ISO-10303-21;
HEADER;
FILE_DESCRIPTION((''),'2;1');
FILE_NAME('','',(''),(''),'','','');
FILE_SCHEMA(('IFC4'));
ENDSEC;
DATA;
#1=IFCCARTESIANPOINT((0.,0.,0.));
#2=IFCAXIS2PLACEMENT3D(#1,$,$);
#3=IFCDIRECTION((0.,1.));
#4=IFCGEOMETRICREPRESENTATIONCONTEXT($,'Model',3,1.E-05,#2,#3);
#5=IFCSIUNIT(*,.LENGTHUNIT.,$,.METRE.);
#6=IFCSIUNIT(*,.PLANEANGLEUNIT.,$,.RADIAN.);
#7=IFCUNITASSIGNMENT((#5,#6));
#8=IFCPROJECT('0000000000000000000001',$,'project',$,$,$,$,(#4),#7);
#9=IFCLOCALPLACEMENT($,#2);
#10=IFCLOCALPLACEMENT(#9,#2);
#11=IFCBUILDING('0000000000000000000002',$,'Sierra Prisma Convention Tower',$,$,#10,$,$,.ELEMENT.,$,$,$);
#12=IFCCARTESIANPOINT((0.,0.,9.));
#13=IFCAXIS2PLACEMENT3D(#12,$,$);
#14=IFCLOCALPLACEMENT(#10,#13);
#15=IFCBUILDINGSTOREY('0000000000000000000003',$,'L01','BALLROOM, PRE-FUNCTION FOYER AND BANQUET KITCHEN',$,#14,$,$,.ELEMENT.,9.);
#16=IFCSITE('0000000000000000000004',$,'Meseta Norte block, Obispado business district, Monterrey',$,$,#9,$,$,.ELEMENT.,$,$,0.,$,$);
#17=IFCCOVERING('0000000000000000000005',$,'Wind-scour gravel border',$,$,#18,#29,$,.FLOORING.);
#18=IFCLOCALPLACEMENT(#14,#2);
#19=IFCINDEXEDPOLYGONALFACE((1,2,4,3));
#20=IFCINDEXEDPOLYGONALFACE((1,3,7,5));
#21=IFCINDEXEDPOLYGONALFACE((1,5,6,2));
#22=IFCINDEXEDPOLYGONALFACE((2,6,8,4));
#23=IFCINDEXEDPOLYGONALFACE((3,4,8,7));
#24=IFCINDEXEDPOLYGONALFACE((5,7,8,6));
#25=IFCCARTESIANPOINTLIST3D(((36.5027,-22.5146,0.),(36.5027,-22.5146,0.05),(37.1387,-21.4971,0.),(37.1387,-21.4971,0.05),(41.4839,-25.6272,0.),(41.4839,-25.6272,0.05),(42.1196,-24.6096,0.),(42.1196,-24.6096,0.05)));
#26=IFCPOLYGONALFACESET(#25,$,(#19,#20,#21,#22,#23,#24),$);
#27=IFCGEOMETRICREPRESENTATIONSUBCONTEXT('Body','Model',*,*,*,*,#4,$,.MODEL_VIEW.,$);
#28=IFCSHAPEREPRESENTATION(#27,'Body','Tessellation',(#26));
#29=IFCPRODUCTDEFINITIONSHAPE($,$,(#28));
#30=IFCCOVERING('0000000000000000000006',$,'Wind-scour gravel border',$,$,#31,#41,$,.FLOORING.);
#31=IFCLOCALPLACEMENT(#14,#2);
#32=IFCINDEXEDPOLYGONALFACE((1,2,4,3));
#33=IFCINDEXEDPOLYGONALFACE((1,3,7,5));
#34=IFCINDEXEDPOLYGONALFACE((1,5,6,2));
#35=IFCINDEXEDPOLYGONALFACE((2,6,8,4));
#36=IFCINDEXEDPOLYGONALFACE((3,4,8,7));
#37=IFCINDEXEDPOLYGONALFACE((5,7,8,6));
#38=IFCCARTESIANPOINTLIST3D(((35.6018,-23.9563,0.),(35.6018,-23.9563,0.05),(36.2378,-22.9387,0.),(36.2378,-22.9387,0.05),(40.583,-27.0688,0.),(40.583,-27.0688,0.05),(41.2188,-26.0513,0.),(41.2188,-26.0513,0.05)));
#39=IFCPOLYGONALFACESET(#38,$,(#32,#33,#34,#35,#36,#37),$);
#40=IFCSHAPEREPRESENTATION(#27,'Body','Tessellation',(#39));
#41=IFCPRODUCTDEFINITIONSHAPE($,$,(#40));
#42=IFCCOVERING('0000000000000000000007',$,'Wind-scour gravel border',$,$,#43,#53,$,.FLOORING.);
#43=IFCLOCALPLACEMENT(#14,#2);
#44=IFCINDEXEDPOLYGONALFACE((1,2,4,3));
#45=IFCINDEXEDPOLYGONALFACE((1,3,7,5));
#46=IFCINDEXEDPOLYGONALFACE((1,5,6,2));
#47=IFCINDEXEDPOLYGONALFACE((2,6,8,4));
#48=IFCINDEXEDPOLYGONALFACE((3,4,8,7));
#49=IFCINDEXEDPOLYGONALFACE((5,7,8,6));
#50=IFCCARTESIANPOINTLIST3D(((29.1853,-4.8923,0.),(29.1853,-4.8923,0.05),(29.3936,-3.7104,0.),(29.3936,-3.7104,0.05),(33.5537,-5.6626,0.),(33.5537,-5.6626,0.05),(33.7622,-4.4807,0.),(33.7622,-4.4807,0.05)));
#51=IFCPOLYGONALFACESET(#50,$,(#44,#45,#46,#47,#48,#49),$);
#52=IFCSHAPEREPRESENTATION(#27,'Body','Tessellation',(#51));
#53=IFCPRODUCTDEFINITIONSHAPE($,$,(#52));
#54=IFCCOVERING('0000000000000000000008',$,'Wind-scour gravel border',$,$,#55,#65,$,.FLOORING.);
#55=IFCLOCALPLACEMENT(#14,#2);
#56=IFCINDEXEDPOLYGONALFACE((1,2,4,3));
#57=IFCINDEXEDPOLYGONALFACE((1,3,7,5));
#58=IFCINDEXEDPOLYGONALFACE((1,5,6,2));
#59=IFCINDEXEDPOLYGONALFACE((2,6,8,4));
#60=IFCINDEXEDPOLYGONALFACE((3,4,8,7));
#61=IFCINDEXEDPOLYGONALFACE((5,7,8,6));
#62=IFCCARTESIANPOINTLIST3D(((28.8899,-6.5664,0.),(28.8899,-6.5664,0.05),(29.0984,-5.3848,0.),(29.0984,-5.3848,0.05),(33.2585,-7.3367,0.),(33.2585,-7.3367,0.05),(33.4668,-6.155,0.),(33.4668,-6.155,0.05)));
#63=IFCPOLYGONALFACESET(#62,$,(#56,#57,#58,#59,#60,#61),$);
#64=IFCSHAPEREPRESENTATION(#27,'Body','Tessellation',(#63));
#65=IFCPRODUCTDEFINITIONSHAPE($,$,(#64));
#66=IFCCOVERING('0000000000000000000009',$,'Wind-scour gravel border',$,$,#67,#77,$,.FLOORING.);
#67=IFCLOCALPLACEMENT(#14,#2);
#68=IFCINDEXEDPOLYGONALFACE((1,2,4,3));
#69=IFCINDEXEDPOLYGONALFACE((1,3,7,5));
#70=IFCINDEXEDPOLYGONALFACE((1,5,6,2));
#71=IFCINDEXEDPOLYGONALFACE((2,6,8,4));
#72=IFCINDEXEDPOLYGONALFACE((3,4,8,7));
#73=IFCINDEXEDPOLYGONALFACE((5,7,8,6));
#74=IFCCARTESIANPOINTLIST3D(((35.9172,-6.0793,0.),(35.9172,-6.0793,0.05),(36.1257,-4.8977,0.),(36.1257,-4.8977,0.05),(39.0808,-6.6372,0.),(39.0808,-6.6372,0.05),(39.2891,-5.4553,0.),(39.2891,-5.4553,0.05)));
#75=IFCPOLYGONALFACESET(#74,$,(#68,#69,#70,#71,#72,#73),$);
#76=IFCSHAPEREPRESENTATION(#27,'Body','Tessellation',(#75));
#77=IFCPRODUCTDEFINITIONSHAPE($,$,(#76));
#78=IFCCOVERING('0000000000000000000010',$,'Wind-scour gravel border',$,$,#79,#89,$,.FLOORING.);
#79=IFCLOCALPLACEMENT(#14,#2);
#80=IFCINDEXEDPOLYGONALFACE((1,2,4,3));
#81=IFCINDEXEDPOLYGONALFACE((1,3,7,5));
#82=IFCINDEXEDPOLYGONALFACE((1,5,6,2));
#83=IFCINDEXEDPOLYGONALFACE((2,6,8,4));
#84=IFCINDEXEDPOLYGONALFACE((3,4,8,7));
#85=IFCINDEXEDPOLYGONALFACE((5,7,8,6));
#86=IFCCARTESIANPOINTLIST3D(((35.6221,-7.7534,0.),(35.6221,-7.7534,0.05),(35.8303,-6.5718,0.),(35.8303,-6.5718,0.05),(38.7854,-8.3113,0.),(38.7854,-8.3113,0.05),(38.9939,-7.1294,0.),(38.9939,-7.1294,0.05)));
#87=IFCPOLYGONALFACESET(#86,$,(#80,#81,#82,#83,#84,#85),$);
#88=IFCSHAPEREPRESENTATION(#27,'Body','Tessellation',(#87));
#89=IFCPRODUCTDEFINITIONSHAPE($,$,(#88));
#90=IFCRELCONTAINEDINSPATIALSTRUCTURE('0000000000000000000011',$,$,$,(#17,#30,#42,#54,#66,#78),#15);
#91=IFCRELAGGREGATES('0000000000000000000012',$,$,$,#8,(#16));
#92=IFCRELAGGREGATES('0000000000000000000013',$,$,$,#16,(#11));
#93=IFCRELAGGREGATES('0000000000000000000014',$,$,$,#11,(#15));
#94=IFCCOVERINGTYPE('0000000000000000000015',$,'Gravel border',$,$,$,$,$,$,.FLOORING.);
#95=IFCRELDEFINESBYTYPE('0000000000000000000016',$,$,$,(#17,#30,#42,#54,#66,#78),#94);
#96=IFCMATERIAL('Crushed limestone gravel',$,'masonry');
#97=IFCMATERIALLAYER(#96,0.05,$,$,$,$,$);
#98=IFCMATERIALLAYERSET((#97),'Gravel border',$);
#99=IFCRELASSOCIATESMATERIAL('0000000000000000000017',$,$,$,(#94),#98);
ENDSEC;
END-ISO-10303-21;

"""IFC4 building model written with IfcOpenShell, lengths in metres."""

from ifc_helpers import new_model, si_unit, direction, frame, origin, place, context, subcontext, project, spatial, polyline, outline, extrude, material, layer, layer_set, type_object, element, save


model = new_model("IFC4")

# Units and contexts
model_context = context("Model", 3, precision=1e-05, world=origin(), true_north=direction((0.0, 1.0)))
body_context = subcontext(model_context, "Body", "Model", "MODEL_VIEW")
ifc_project = project(units=[si_unit("LENGTHUNIT", "METRE"), si_unit("PLANEANGLEUNIT", "RADIAN")], contexts=[model_context])

# Site, building, storey
site_placement = place(None, origin())
site = spatial("IfcSite", under=ifc_project, at=site_placement, Name="Meseta Norte block, Obispado business district, Monterrey", CompositionType="ELEMENT", RefElevation=0.0)
building_placement = place(site_placement, origin())
building = spatial("IfcBuilding", under=site, at=building_placement, Name="Sierra Prisma Convention Tower", CompositionType="ELEMENT")
storey_placement = place(building_placement, frame((0.0, 0.0, 9.0)))
storey = spatial("IfcBuildingStorey", under=building, at=storey_placement, Name="L01", Description="BALLROOM, PRE-FUNCTION FOYER AND BANQUET KITCHEN", CompositionType="ELEMENT", Elevation=9.0)

# Coverings
ifc_material_1 = material(Name="Crushed limestone gravel", Category="masonry")
ifc_layer_1 = layer(ifc_material_1, 0.05)
ifc_layer_set_1 = layer_set([ifc_layer_1], Name="Gravel border")
covering_type = type_object("IfcCoveringType", Name="Gravel border", PredefinedType="FLOORING", material=ifc_layer_set_1)
covering_1_placement = place(storey_placement, origin())
element("IfcCovering", 1, at=covering_1_placement, inside=storey, type_object=covering_type, Name="Wind-scour gravel border", PredefinedType="FLOORING", context=body_context, shape_type="SweptSolid", body=[
    extrude(outline(polyline([(36.5027, -22.5146), (41.4839, -25.6272), (42.1196, -24.6096), (37.1387, -21.4971), (36.5027, -22.5146)])), origin(), (0.0, 0.0, 1.0), 0.05),
])
covering_2_placement = place(storey_placement, origin())
element("IfcCovering", 2, at=covering_2_placement, inside=storey, type_object=covering_type, Name="Wind-scour gravel border", PredefinedType="FLOORING", context=body_context, shape_type="SweptSolid", body=[
    extrude(outline(polyline([(36.2378, -22.9387), (41.2188, -26.0513), (40.583, -27.0688), (35.6018, -23.9563), (36.2378, -22.9387)])), origin(), (0.0, 0.0, 1.0), 0.05),
])
covering_3_placement = place(storey_placement, origin())
element("IfcCovering", 3, at=covering_3_placement, inside=storey, type_object=covering_type, Name="Wind-scour gravel border", PredefinedType="FLOORING", context=body_context, shape_type="SweptSolid", body=[
    extrude(outline(polyline([(29.1853, -4.8923), (33.5537, -5.6626), (33.7622, -4.4807), (29.3936, -3.7104), (29.1853, -4.8923)])), origin(), (0.0, 0.0, 1.0), 0.05),
])
covering_4_placement = place(storey_placement, origin())
element("IfcCovering", 4, at=covering_4_placement, inside=storey, type_object=covering_type, Name="Wind-scour gravel border", PredefinedType="FLOORING", context=body_context, shape_type="SweptSolid", body=[
    extrude(outline(polyline([(29.0984, -5.3848), (33.4668, -6.155), (33.2585, -7.3367), (28.8899, -6.5664), (29.0984, -5.3848)])), origin(), (0.0, 0.0, 1.0), 0.05),
])
covering_5_placement = place(storey_placement, origin())
element("IfcCovering", 5, at=covering_5_placement, inside=storey, type_object=covering_type, Name="Wind-scour gravel border", PredefinedType="FLOORING", context=body_context, shape_type="SweptSolid", body=[
    extrude(outline(polyline([(35.9172, -6.0793), (39.0808, -6.6372), (39.2891, -5.4553), (36.1257, -4.8977), (35.9172, -6.0793)])), origin(), (0.0, 0.0, 1.0), 0.05),
])
covering_6_placement = place(storey_placement, origin())
element("IfcCovering", 6, at=covering_6_placement, inside=storey, type_object=covering_type, Name="Wind-scour gravel border", PredefinedType="FLOORING", context=body_context, shape_type="SweptSolid", body=[
    extrude(outline(polyline([(35.8303, -6.5718), (38.9939, -7.1294), (38.7854, -8.3113), (35.6221, -7.7534), (35.8303, -6.5718)])), origin(), (0.0, 0.0, 1.0), 0.05),
])

save(model, "model.ifc")
